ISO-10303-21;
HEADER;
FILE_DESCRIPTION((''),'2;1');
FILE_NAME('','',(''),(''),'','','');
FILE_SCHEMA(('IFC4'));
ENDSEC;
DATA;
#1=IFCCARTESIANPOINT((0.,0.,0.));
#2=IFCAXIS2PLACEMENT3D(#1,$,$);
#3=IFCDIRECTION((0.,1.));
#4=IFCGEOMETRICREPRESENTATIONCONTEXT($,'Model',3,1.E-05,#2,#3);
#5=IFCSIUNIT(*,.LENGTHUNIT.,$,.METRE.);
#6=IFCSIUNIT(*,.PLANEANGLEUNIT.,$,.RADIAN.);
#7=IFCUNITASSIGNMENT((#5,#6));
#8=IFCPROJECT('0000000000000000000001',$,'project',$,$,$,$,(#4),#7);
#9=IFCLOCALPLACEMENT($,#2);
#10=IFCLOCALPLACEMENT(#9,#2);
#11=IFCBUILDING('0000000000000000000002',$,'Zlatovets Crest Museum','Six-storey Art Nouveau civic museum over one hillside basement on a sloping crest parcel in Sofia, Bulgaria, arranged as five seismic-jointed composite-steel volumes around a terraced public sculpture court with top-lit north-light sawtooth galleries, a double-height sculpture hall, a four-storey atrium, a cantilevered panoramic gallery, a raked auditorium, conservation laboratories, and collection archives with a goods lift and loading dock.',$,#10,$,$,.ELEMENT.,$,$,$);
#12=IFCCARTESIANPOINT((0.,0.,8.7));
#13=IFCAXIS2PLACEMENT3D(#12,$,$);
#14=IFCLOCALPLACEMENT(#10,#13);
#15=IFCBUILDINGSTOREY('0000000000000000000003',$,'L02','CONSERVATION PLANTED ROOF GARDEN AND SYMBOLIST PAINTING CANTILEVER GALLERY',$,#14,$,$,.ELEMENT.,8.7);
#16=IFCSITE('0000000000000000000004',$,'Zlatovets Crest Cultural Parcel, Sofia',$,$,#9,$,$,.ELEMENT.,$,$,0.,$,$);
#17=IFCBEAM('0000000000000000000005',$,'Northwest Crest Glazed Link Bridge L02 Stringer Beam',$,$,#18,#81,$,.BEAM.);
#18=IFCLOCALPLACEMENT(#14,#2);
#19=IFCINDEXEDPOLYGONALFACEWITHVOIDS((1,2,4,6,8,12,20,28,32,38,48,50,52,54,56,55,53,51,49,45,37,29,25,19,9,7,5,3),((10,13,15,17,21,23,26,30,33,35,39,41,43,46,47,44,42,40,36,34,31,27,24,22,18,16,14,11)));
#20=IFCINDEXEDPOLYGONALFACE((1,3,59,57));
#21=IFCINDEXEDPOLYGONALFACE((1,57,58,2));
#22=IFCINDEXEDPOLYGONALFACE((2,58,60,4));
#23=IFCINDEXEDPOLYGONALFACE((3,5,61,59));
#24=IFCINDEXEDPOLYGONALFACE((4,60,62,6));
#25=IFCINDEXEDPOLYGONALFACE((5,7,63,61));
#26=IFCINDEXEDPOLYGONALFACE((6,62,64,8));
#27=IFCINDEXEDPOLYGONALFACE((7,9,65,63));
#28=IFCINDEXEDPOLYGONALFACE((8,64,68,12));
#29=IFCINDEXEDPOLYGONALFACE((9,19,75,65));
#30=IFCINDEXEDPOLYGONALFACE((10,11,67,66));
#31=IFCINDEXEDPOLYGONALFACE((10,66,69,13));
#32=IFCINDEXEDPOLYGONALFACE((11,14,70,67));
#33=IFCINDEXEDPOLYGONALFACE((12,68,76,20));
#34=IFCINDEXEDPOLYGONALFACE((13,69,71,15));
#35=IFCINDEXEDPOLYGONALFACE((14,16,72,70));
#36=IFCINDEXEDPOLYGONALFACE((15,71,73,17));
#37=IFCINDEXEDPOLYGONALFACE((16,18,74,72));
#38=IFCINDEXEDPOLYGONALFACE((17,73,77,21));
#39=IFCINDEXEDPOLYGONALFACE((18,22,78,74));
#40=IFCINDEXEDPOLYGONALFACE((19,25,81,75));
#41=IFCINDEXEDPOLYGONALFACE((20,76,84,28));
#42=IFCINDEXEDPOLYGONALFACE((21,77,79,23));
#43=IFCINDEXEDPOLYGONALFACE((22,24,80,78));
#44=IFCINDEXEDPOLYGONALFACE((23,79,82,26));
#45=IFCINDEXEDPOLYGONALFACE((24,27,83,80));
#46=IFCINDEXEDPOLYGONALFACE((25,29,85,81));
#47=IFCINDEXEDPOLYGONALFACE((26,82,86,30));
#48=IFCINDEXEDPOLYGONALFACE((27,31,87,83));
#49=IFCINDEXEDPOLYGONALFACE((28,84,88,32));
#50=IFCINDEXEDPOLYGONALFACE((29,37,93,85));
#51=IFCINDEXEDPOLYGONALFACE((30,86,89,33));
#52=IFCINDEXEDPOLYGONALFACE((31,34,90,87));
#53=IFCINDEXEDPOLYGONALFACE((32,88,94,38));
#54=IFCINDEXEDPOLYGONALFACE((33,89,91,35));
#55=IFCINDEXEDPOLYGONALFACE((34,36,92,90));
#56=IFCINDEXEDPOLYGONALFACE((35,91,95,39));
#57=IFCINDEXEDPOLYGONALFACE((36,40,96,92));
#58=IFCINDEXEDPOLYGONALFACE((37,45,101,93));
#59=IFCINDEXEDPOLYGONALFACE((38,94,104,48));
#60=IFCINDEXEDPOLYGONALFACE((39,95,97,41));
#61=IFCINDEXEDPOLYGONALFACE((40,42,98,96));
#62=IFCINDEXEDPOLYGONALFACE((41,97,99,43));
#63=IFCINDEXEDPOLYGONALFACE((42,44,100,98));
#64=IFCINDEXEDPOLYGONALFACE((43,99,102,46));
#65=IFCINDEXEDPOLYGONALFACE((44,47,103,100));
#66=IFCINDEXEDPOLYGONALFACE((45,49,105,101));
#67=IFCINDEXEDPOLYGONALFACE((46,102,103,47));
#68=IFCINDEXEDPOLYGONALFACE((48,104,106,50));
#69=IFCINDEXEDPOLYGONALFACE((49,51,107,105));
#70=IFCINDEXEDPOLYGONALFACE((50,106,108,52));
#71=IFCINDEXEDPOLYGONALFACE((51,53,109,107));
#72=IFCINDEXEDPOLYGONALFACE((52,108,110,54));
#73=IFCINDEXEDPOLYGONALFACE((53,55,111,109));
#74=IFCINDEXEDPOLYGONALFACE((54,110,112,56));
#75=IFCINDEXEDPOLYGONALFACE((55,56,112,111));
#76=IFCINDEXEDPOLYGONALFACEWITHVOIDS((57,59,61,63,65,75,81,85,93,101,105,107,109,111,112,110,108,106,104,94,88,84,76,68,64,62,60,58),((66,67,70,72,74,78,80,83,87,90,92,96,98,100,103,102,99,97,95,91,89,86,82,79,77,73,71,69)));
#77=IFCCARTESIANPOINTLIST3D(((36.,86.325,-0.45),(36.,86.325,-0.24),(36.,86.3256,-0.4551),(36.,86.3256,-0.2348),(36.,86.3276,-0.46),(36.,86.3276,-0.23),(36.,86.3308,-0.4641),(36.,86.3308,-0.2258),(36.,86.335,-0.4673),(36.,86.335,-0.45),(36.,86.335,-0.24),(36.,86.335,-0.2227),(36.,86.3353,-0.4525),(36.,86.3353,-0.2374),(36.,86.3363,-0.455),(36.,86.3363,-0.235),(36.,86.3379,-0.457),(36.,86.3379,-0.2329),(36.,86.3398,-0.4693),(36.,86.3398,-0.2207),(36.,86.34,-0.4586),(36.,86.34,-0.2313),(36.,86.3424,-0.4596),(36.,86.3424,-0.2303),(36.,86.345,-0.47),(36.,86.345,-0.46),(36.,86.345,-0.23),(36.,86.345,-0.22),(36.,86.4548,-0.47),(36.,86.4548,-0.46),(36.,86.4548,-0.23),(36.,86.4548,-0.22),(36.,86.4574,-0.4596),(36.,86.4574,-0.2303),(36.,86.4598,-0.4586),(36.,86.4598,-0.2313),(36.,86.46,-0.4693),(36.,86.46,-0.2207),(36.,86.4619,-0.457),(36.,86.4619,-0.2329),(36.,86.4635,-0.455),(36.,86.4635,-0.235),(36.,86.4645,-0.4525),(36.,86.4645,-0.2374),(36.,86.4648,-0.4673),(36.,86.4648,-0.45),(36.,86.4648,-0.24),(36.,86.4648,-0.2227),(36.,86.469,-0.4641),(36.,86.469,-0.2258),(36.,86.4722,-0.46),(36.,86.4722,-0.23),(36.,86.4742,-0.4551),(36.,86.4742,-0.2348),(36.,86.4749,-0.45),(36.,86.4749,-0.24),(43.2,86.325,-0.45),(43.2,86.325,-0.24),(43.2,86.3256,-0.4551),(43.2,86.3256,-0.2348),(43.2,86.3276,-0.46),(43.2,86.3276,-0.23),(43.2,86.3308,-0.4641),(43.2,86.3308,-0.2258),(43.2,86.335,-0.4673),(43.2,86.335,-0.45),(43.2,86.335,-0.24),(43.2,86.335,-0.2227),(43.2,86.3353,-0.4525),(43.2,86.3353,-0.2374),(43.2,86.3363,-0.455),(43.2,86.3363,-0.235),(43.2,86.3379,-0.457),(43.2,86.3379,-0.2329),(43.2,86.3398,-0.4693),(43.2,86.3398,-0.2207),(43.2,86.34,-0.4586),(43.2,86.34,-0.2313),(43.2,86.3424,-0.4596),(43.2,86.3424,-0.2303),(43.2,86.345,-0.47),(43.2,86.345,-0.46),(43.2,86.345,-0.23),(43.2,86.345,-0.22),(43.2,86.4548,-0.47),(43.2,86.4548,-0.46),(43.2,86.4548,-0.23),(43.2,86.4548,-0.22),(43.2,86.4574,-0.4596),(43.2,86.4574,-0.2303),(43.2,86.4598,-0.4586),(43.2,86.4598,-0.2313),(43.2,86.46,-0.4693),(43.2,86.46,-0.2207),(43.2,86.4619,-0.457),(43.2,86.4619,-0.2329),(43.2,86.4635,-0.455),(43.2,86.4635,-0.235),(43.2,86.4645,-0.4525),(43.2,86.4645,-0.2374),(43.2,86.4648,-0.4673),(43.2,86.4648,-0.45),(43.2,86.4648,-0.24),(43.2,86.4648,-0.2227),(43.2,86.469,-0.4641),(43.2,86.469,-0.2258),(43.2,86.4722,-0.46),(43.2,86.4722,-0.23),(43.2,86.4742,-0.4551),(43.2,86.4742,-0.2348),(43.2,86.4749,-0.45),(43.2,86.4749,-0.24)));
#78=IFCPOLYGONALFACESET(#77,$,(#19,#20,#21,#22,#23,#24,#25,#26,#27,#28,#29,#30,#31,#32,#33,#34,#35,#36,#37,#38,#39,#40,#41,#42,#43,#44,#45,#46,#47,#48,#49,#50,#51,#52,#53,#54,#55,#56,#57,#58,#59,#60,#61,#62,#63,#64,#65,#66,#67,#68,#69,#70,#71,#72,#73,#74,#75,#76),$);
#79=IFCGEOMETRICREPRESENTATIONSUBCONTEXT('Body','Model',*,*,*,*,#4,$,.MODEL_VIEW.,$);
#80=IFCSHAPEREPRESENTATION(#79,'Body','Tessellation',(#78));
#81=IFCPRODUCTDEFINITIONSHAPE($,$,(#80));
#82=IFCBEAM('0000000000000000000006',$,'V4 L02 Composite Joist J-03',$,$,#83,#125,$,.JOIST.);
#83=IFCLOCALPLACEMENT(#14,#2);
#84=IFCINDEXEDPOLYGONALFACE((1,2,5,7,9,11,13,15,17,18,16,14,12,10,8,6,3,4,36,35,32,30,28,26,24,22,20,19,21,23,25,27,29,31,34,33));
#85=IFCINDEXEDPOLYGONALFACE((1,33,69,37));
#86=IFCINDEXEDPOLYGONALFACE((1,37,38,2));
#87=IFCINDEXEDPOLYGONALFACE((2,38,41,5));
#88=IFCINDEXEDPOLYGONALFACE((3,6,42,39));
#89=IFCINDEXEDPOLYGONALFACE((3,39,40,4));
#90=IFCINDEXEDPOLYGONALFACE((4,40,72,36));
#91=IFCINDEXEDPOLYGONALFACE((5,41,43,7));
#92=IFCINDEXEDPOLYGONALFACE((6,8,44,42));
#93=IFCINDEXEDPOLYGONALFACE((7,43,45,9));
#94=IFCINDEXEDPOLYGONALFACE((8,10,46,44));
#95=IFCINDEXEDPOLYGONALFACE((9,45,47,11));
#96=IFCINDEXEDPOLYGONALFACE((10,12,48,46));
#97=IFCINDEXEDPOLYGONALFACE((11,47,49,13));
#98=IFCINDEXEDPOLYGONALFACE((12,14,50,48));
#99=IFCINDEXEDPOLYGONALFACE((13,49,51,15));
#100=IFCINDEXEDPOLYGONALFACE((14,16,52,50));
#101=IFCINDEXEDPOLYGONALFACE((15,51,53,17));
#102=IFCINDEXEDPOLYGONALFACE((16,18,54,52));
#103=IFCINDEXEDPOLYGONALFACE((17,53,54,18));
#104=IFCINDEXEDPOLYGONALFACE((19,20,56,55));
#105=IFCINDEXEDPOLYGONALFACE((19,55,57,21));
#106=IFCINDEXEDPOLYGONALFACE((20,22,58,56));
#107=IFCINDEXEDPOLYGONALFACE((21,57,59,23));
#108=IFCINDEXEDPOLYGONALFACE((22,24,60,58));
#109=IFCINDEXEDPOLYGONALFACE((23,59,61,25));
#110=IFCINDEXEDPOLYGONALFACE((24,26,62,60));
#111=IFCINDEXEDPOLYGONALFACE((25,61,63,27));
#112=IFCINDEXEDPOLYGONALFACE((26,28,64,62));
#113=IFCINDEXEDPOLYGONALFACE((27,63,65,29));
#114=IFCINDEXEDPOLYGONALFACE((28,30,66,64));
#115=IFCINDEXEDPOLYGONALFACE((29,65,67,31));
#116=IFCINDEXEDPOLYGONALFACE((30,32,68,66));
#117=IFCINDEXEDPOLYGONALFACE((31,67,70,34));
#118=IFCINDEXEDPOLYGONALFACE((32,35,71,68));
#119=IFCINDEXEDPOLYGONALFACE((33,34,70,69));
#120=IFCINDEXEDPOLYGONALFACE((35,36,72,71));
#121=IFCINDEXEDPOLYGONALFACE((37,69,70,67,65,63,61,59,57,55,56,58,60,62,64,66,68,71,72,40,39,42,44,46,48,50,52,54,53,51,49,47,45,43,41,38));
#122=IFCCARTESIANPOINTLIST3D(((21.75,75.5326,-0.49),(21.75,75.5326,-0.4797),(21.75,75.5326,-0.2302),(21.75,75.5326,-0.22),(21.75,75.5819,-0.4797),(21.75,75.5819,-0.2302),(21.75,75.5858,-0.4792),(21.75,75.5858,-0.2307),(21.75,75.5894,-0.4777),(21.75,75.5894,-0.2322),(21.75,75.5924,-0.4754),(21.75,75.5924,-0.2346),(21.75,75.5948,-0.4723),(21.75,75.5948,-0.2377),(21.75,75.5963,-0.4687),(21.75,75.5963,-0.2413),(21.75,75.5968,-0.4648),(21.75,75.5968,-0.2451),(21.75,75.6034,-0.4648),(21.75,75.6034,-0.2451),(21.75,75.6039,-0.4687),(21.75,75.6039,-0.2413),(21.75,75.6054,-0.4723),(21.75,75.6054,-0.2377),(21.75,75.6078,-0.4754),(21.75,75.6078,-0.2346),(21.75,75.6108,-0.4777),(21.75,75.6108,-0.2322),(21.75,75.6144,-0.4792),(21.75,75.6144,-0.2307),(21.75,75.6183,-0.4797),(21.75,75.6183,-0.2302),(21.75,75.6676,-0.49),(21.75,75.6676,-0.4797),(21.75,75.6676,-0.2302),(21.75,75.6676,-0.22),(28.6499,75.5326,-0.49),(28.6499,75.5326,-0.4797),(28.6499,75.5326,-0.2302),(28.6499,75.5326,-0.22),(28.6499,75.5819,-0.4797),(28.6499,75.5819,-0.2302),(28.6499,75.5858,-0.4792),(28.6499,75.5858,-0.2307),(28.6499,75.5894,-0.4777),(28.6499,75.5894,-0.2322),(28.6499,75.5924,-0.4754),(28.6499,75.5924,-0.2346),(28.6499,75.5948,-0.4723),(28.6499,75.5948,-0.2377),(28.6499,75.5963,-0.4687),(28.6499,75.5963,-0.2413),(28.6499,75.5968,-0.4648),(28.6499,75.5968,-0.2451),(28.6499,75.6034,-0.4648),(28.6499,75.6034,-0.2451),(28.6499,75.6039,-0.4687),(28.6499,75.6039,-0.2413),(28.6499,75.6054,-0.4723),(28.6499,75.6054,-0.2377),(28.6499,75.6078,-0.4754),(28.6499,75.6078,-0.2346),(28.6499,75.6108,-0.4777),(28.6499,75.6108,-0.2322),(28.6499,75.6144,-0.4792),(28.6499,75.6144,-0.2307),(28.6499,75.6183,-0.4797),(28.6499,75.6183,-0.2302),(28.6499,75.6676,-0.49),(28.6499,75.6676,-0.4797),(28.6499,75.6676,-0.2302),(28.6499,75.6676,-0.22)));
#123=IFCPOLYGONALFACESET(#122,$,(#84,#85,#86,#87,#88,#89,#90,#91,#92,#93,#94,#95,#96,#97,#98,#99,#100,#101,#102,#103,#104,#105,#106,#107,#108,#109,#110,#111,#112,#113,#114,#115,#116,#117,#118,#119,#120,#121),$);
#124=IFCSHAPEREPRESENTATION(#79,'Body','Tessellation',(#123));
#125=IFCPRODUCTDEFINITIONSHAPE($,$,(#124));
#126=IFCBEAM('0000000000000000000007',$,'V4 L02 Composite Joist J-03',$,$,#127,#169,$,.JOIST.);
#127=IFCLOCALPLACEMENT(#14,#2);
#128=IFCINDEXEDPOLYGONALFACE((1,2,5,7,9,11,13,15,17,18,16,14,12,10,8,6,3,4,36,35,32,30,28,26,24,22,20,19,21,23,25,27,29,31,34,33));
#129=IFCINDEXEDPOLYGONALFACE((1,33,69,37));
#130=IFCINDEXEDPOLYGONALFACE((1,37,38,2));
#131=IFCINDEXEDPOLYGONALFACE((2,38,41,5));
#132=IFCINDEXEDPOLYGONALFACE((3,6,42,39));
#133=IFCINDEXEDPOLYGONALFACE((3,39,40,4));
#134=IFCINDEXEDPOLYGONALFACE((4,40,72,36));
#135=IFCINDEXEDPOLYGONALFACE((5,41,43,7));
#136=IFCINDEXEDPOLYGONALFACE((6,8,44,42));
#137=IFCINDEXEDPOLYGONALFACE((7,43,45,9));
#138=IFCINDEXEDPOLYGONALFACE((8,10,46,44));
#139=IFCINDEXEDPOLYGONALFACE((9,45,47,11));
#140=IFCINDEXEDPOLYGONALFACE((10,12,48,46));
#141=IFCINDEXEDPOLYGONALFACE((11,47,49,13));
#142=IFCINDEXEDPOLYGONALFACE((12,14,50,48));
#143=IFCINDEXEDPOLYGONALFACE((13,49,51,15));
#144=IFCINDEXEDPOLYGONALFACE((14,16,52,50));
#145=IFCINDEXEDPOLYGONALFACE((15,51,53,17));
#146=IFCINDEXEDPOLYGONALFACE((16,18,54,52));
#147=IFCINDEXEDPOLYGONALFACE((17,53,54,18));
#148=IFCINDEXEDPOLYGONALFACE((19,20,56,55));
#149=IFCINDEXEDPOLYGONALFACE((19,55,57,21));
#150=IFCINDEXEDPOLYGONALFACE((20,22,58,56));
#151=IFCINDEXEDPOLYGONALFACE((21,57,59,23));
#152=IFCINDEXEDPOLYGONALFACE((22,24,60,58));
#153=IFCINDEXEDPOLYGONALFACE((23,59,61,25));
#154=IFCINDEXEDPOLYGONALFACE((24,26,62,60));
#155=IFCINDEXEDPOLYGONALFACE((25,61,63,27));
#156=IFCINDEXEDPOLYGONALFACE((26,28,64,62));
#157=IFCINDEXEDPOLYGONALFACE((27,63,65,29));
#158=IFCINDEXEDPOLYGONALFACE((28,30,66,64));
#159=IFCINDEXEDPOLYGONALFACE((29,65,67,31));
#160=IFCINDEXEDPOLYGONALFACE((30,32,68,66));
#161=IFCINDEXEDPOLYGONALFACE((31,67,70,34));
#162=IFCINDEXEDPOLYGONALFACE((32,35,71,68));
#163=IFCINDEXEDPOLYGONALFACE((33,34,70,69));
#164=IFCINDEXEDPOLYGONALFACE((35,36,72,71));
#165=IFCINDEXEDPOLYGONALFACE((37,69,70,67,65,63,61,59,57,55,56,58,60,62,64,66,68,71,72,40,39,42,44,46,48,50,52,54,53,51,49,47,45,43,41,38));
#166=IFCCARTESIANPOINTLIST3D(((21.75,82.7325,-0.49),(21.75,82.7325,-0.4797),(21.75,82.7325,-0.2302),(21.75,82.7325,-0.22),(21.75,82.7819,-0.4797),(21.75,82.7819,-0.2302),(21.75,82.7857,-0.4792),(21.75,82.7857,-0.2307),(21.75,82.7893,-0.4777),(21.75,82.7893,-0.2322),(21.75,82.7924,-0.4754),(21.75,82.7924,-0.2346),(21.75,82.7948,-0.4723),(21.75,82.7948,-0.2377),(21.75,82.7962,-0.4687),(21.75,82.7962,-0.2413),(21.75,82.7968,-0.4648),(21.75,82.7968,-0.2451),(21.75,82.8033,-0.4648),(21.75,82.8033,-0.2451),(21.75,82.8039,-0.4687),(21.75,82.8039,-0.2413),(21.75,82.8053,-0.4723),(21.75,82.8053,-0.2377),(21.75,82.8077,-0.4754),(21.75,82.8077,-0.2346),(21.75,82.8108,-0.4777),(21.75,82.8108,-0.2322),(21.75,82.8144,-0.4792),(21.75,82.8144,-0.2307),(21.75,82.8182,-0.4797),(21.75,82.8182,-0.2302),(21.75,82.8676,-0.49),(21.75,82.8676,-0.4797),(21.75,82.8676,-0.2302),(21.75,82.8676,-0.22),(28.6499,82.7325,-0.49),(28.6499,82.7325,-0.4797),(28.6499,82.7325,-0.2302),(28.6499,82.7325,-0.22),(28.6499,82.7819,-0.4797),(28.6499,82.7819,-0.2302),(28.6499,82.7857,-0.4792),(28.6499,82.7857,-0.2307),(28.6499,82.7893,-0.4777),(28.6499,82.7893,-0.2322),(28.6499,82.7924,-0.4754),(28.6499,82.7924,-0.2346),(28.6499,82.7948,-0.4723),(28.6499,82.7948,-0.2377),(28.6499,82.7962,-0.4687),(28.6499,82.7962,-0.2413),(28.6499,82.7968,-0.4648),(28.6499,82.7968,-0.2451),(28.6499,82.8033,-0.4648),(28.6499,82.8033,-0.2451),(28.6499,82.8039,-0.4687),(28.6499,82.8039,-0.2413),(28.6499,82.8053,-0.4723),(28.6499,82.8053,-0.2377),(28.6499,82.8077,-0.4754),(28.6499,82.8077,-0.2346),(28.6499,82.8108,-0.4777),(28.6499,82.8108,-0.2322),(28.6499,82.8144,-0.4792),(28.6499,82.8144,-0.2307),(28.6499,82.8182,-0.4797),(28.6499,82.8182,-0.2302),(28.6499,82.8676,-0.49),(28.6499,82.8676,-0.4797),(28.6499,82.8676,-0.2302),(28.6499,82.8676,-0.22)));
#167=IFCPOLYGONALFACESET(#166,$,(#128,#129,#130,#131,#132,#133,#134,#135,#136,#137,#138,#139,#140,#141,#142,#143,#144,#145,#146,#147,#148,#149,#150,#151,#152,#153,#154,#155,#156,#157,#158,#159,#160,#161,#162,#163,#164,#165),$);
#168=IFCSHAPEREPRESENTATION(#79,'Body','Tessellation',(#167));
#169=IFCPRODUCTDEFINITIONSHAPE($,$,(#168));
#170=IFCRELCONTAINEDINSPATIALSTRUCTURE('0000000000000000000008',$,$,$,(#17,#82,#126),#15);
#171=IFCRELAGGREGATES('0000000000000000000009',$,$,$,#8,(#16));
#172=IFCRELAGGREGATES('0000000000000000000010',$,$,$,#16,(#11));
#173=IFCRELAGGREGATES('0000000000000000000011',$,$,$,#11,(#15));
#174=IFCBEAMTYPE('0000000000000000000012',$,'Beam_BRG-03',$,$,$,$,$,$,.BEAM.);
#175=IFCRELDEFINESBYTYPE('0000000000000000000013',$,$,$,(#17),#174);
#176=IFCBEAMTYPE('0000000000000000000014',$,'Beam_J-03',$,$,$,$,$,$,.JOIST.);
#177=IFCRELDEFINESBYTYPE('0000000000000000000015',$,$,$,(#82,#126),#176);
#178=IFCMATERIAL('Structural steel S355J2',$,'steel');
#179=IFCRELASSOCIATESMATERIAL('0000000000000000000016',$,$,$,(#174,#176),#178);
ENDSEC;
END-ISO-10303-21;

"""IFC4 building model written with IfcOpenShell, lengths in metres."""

from ifc_helpers import new_model, si_unit, direction, frame, origin, origin_2d, place, context, subcontext, project, spatial, hollow_rectangle, i_section, extrude, material, material_profile, profile_set, type_object, element, save


model = new_model("IFC4")

# Units and contexts
model_context = context("Model", 3, precision=1e-05, world=origin(), true_north=direction((0.0, 1.0)))
body_context = subcontext(model_context, "Body", "Model", "MODEL_VIEW")
ifc_project = project(units=[si_unit("LENGTHUNIT", "METRE"), si_unit("PLANEANGLEUNIT", "RADIAN")], contexts=[model_context])

# Site, building, storey
site_placement = place(None, origin())
site = spatial("IfcSite", under=ifc_project, at=site_placement, Name="Zlatovets Crest Cultural Parcel, Sofia", CompositionType="ELEMENT", RefElevation=0.0)
building_placement = place(site_placement, origin())
building = spatial("IfcBuilding", under=site, at=building_placement, Name="Zlatovets Crest Museum", Description="Six-storey Art Nouveau civic museum over one hillside basement on a sloping crest parcel in Sofia, Bulgaria, arranged as five seismic-jointed composite-steel volumes around a terraced public sculpture court with top-lit north-light sawtooth galleries, a double-height sculpture hall, a four-storey atrium, a cantilevered panoramic gallery, a raked auditorium, conservation laboratories, and collection archives with a goods lift and loading dock.", CompositionType="ELEMENT")
storey_placement = place(building_placement, frame((0.0, 0.0, 8.7)))
storey = spatial("IfcBuildingStorey", under=building, at=storey_placement, Name="L02", Description="CONSERVATION PLANTED ROOF GARDEN AND SYMBOLIST PAINTING CANTILEVER GALLERY", CompositionType="ELEMENT", Elevation=8.7)

# Shared definitions
ifc_material_1 = material(Name="Structural steel S355J2", Category="steel")

# Beams
ifc_material_profile_1 = material_profile(ifc_material_1, hollow_rectangle(XDim=0.1499, YDim=0.25, WallThickness=0.01, InnerFilletRadius=0.01, OuterFilletRadius=0.02, at=origin_2d()), Name="RHS 150x250x10.0")
ifc_profile_set_1 = profile_set([ifc_material_profile_1], Name="Structural steel S355J2")
beam_type_1 = type_object("IfcBeamType", Name="Beam_BRG-03", PredefinedType="BEAM", material=ifc_profile_set_1)
beam_1_placement = place(storey_placement, frame((36.0, 86.3999, -0.345), z_axis=(1.0, 0.0, 0.0), x_axis=(0.0, 1.0, 0.0)))
element("IfcBeam", 1, at=beam_1_placement, inside=storey, type_object=beam_type_1, Name="Northwest Crest Glazed Link Bridge L02 Stringer Beam", PredefinedType="BEAM", context=body_context, shape_type="SweptSolid", body=[
    extrude(hollow_rectangle(XDim=0.1499, YDim=0.25, WallThickness=0.01, InnerFilletRadius=0.01, OuterFilletRadius=0.02, at=origin_2d()), origin(), (0.0, 0.0, 1.0), 7.2),
])
ifc_material_profile_2 = material_profile(ifc_material_1, i_section(OverallWidth=0.135, OverallDepth=0.27, WebThickness=0.0066, FlangeThickness=0.0103, FilletRadius=0.0149, at=origin_2d()), Name="IPE 270")
ifc_profile_set_2 = profile_set([ifc_material_profile_2], Name="Structural steel S355J2")
beam_type_2 = type_object("IfcBeamType", Name="Beam_J-03", PredefinedType="JOIST", material=ifc_profile_set_2)
for number, where, z_axis, x_axis, name in (
    (2, (21.75, 75.6001, -0.355), (1.0, 0.0, 0.0), (0.0, 1.0, 0.0), "V4 L02 Composite Joist J-03"),
    (3, (21.75, 82.8, -0.355), (1.0, 0.0, 0.0), (0.0, 1.0, 0.0), "V4 L02 Composite Joist J-03"),
):
    element("IfcBeam", number, at=place(storey_placement, frame(where, z_axis=z_axis, x_axis=x_axis)), inside=storey, type_object=beam_type_2, Name=name, PredefinedType="JOIST", context=body_context, shape_type="SweptSolid", body=[
        extrude(i_section(OverallWidth=0.135, OverallDepth=0.27, WebThickness=0.0066, FlangeThickness=0.0103, FilletRadius=0.0149, at=origin_2d()), origin(), (0.0, 0.0, 1.0), 6.8999),
    ])

save(model, "model.ifc")
